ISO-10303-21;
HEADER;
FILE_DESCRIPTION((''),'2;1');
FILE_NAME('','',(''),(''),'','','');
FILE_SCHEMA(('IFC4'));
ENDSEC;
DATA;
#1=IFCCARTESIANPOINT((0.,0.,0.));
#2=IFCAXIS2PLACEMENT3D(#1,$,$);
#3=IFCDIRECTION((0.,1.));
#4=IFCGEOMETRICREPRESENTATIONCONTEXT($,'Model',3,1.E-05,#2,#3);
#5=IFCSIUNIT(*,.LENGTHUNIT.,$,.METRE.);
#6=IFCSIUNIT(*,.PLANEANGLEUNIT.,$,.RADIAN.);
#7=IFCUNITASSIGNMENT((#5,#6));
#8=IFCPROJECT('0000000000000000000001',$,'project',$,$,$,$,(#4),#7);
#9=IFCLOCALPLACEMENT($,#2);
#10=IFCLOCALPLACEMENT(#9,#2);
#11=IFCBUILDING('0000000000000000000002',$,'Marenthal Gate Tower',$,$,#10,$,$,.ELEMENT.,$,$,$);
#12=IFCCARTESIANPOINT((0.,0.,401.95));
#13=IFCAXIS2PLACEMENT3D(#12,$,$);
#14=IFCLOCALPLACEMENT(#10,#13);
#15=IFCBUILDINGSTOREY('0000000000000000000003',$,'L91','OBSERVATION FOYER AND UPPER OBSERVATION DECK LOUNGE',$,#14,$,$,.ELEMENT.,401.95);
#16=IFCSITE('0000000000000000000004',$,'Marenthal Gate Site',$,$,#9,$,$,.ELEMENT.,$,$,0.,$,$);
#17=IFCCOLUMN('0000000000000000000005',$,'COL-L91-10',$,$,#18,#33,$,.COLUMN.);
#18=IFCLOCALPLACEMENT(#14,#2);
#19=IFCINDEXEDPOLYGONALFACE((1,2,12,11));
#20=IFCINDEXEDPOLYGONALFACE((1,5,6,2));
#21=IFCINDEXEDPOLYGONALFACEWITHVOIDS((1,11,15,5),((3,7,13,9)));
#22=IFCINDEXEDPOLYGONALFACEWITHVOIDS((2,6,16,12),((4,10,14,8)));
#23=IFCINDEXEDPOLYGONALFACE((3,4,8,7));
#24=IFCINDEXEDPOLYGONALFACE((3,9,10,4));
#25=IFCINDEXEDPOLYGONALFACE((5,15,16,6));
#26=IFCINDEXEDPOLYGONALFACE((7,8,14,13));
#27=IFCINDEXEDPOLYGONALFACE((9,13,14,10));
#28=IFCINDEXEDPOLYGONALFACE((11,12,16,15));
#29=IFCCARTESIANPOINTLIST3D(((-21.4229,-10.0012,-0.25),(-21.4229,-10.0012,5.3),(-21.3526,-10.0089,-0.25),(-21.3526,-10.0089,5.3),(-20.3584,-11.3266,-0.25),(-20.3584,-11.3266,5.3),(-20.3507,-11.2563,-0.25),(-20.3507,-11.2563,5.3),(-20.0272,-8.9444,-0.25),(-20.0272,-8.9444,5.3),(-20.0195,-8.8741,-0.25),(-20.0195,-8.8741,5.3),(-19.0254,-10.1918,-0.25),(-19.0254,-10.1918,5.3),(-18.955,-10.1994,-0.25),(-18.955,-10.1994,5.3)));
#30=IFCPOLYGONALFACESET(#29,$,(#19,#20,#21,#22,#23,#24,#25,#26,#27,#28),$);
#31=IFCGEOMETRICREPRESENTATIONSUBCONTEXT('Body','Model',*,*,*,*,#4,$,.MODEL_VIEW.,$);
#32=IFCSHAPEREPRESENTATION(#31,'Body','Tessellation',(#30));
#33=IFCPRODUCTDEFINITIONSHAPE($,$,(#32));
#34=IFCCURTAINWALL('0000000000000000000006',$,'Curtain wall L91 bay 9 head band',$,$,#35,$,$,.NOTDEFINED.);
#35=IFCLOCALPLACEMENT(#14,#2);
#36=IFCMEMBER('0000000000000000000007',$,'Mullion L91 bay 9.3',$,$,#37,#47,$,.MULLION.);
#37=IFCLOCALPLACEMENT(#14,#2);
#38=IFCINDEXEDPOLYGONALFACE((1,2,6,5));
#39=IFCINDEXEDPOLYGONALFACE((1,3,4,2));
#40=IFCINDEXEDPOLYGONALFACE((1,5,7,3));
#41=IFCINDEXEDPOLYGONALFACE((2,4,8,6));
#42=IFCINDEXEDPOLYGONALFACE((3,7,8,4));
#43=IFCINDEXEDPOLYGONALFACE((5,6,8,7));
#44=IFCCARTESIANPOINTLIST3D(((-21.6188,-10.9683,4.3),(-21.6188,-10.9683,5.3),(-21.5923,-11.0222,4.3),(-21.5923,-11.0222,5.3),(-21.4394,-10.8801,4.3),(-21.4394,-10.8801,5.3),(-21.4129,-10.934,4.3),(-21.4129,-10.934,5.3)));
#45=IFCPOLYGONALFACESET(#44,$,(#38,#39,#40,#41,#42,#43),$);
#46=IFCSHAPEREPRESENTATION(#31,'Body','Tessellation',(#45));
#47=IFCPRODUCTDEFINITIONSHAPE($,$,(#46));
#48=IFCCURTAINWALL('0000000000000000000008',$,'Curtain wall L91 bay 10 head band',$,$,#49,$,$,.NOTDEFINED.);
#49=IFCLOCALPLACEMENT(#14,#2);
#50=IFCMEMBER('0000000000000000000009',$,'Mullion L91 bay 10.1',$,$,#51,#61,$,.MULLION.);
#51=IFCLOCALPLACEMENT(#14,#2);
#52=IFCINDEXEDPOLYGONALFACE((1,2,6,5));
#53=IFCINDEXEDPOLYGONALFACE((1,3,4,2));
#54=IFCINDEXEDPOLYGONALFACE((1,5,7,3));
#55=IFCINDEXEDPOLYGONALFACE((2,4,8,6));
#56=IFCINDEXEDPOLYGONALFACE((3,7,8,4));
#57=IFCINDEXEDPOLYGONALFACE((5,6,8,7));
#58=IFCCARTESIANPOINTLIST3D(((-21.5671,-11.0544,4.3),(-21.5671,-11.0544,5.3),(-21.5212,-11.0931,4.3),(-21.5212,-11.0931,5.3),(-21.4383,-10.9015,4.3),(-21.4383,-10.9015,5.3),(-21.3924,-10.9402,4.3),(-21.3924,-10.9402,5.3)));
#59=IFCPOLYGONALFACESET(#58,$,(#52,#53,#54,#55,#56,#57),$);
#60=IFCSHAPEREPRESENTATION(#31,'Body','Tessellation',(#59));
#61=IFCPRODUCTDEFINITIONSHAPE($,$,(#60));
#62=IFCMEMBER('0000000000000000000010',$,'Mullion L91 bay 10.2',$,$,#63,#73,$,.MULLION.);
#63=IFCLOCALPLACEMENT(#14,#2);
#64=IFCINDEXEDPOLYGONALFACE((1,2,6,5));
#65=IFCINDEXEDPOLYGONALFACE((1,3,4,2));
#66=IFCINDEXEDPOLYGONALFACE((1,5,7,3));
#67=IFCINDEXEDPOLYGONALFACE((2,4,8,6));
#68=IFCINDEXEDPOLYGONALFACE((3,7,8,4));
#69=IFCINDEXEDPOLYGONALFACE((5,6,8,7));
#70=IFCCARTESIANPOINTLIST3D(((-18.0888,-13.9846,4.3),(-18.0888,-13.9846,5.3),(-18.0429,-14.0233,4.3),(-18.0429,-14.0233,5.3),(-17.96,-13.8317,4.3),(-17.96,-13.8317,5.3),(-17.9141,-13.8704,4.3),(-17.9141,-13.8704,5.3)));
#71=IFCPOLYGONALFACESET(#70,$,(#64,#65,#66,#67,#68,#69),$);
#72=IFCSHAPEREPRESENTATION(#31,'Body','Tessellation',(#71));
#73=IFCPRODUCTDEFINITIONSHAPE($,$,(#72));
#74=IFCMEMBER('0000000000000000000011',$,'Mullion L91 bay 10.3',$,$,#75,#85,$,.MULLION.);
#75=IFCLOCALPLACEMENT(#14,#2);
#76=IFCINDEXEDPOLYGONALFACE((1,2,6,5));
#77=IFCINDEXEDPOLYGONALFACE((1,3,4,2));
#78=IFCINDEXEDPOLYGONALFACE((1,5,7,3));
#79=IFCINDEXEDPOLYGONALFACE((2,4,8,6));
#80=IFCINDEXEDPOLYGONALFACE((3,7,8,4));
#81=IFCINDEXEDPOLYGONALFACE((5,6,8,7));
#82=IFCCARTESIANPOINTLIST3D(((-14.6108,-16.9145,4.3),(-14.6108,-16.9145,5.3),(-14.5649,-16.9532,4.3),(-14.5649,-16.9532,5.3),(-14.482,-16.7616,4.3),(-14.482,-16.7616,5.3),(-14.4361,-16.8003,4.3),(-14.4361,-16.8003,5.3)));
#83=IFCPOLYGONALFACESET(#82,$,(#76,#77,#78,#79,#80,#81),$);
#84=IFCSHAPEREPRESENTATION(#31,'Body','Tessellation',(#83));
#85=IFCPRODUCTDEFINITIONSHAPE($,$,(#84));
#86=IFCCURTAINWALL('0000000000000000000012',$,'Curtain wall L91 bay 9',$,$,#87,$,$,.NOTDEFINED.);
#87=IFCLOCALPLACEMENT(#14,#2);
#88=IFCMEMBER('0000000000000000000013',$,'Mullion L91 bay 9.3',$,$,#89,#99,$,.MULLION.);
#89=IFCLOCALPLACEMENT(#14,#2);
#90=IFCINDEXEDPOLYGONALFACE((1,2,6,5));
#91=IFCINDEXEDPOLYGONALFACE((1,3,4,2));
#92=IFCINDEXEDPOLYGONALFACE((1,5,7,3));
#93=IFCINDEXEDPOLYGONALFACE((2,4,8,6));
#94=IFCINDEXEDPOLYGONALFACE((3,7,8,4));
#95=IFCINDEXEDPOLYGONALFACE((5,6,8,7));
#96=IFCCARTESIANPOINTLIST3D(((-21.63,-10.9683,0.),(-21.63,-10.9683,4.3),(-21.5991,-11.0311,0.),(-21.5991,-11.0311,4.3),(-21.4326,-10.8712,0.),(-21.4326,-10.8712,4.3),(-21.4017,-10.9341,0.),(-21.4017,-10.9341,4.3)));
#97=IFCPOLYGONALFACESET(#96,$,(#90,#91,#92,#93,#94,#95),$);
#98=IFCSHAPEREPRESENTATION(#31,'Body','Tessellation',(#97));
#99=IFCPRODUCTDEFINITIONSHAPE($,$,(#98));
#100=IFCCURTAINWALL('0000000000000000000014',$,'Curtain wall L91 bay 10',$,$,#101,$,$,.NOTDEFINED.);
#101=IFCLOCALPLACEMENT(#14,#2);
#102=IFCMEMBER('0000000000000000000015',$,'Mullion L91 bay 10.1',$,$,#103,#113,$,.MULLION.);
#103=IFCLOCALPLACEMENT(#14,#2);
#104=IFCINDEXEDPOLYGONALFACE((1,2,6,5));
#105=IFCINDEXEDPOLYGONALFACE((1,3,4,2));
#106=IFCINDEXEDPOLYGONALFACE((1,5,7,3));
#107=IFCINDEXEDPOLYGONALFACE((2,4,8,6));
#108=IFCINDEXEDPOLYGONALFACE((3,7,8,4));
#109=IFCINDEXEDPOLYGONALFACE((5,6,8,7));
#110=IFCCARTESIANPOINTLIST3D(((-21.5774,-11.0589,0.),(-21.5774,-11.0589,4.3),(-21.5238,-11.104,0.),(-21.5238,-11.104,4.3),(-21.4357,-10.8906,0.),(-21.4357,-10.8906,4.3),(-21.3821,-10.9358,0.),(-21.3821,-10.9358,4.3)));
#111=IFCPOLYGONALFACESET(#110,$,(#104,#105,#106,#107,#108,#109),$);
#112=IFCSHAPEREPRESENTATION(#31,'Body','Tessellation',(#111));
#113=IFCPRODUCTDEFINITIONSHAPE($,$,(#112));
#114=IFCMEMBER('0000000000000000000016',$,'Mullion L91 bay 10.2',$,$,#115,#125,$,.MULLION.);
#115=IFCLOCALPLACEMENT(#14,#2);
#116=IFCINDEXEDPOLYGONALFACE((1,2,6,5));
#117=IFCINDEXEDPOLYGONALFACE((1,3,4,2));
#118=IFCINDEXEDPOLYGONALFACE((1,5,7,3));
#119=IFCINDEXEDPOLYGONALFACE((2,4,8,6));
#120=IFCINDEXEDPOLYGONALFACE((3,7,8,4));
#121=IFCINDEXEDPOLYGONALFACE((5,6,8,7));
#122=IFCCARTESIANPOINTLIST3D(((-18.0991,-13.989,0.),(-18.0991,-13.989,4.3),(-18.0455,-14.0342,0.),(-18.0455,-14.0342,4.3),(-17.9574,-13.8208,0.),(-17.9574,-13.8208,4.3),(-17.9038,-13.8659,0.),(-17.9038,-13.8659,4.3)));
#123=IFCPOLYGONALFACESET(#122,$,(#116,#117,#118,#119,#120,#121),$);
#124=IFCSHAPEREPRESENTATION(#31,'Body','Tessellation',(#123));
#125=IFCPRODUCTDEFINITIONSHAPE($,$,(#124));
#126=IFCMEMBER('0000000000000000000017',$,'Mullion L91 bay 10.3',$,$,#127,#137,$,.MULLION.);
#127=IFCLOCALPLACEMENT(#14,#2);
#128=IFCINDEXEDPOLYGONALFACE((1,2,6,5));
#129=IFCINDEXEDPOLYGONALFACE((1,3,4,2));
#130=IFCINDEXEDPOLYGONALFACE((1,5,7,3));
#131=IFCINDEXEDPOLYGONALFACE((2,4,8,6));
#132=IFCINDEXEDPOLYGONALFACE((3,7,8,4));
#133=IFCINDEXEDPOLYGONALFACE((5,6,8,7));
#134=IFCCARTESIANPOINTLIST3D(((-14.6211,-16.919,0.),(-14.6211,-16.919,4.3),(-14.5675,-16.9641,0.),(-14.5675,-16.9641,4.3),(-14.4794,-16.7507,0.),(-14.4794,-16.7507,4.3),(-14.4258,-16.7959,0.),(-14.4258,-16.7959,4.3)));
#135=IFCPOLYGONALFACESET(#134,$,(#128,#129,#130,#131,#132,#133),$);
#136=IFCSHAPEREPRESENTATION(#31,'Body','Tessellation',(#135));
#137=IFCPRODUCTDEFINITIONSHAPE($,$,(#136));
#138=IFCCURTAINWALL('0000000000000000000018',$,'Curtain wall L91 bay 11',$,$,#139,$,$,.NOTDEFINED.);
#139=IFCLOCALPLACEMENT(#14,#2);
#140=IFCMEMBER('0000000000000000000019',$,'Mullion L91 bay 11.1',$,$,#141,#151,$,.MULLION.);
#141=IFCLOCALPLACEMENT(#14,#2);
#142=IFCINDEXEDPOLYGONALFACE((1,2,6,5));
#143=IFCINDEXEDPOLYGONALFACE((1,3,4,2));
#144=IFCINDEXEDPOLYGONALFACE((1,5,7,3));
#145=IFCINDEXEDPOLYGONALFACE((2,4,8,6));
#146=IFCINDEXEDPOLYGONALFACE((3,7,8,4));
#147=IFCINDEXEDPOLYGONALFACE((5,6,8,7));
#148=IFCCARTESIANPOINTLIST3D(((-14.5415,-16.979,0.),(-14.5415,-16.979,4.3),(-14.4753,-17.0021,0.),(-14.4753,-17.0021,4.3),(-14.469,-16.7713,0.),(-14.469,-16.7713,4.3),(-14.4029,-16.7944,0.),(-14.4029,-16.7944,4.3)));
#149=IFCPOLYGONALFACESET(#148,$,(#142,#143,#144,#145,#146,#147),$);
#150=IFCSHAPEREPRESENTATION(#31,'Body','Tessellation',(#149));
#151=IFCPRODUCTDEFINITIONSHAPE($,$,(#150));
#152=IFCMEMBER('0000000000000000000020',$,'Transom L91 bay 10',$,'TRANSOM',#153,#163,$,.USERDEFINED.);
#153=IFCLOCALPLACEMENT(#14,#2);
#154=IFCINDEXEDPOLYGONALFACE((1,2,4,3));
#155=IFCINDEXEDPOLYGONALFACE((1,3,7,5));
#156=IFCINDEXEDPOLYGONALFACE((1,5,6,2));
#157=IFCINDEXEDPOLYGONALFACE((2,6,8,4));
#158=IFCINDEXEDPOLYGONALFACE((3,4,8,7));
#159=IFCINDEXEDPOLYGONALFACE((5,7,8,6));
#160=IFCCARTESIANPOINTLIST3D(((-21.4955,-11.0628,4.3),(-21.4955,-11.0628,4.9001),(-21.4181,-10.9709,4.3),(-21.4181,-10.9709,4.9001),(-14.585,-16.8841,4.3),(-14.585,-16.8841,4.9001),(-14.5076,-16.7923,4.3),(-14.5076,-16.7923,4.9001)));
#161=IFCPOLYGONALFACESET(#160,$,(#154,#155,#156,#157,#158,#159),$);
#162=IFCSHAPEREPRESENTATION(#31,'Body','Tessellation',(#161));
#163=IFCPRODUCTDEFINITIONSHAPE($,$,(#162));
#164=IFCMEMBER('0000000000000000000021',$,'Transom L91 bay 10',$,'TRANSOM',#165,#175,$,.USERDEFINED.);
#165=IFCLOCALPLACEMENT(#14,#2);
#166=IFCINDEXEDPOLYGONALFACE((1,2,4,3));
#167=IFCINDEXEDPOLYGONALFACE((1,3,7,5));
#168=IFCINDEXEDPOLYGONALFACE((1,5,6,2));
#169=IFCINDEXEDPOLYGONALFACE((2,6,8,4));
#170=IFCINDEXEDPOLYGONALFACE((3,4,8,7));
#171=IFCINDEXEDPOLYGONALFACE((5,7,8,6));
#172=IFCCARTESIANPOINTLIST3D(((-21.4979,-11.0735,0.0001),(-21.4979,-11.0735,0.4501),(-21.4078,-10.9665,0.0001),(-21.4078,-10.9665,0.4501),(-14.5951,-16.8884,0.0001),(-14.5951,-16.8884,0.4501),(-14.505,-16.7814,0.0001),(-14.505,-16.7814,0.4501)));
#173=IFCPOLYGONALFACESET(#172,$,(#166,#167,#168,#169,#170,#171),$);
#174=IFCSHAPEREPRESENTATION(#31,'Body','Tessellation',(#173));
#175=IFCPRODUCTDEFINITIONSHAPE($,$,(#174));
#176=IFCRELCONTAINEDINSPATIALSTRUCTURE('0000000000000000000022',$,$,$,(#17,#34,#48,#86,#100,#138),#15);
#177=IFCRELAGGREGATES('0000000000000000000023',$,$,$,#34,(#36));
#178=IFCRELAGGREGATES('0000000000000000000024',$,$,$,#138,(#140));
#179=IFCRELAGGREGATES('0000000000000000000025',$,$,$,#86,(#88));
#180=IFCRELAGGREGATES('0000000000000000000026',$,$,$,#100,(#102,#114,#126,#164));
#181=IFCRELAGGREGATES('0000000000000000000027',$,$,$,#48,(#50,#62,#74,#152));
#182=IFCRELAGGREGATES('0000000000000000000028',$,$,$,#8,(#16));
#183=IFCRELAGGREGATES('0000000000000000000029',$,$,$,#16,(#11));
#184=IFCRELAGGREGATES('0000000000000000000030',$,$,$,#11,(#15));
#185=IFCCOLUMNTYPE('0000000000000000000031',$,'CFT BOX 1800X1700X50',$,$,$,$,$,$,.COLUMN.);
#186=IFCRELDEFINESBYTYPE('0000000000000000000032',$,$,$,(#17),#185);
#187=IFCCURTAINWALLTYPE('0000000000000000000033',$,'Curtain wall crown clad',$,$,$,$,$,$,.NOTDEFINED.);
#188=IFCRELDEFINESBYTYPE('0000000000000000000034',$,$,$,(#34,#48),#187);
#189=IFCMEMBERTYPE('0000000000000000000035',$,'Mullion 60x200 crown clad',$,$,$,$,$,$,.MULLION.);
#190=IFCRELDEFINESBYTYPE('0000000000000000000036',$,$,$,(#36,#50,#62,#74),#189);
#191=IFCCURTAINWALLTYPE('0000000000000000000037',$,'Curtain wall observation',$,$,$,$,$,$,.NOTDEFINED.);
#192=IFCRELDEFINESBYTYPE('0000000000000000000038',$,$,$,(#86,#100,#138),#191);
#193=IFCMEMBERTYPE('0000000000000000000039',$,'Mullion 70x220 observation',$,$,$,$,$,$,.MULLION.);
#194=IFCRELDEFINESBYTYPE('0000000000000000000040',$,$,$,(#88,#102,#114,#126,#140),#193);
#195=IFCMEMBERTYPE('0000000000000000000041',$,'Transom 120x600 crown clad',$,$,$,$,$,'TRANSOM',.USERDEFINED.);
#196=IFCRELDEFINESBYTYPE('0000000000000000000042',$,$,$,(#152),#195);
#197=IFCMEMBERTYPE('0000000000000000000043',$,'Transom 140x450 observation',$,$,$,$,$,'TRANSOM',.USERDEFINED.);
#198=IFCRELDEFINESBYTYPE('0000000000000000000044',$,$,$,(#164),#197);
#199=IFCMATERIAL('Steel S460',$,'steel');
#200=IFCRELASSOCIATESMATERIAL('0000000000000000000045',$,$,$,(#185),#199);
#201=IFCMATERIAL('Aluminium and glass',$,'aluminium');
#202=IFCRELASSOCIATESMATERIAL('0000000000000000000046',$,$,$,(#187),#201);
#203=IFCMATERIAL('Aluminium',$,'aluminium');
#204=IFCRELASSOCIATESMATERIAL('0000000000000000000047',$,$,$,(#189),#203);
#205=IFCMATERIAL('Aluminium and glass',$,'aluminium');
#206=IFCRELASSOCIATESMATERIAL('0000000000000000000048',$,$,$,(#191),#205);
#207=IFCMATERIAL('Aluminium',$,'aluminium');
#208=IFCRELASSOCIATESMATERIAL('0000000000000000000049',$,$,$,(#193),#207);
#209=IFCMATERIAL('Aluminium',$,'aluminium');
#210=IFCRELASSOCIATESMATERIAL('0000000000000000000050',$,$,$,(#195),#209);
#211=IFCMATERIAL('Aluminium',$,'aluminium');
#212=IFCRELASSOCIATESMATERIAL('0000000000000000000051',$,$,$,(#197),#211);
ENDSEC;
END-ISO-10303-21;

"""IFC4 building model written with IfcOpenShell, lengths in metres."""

from ifc_helpers import new_model, si_unit, direction, frame, origin, origin_2d, place, context, subcontext, project, spatial, rectangle, hollow_rectangle, extrude, material, material_profile, profile_set, type_object, element, aggregate, save


model = new_model("IFC4")

# Units and contexts
model_context = context("Model", 3, precision=1e-05, world=origin(), true_north=direction((0.0, 1.0)))
body_context = subcontext(model_context, "Body", "Model", "MODEL_VIEW")
ifc_project = project(units=[si_unit("LENGTHUNIT", "METRE"), si_unit("PLANEANGLEUNIT", "RADIAN")], contexts=[model_context])

# Site, building, storey
site_placement = place(None, origin())
site = spatial("IfcSite", under=ifc_project, at=site_placement, Name="Marenthal Gate Site", CompositionType="ELEMENT", RefElevation=0.0)
building_placement = place(site_placement, origin())
building = spatial("IfcBuilding", under=site, at=building_placement, Name="Marenthal Gate Tower", CompositionType="ELEMENT")
storey_placement = place(building_placement, frame((0.0, 0.0, 401.95)))
storey = spatial("IfcBuildingStorey", under=building, at=storey_placement, Name="L91", Description="OBSERVATION FOYER AND UPPER OBSERVATION DECK LOUNGE", CompositionType="ELEMENT", Elevation=401.95)

# Column
ifc_material_1 = material(Name="Steel S460", Category="steel")
ifc_material_profile_1 = material_profile(ifc_material_1, hollow_rectangle(XDim=1.7, YDim=1.8, WallThickness=0.05, at=origin_2d()), Name="CFT BOX 1800X1700X50")
ifc_material_2 = material(Name="Concrete 70 MPa", Category="concrete")
ifc_material_profile_2 = material_profile(ifc_material_2, rectangle(XDim=1.6001, YDim=1.7, at=origin_2d()), Name="CFT BOX 1800X1700X50 INFILL")
ifc_profile_set_1 = profile_set([ifc_material_profile_1, ifc_material_profile_2], Name="Steel S460 shell, Concrete 70 MPa infill")
column_type = type_object("IfcColumnType", Name="CFT BOX 1800X1700X50", PredefinedType="COLUMN", material=ifc_profile_set_1)
column_placement = place(storey_placement, frame((-20.189, -10.1003, -0.25), z_axis=(0.0, 0.0, 1.0), x_axis=(-0.626198, 0.779664, 0.0)))
element("IfcColumn", 1, at=column_placement, inside=storey, type_object=column_type, Name="COL-L91-10", PredefinedType="COLUMN", context=body_context, shape_type="SweptSolid", body=[
    extrude(hollow_rectangle(XDim=1.7, YDim=1.8, WallThickness=0.05, at=origin_2d()), origin(), (0.0, 0.0, 1.0), 5.55),
])

# Curtain wall, member
ifc_material_3 = material(Name="Aluminium and glass", Category="aluminium")
curtain_wall_type_1 = type_object("IfcCurtainWallType", Name="Curtain wall crown clad", PredefinedType="NOTDEFINED", material=ifc_material_3)
curtain_wall_1_placement = place(storey_placement, origin())
curtain_wall_1 = element("IfcCurtainWall", 2, at=curtain_wall_1_placement, inside=storey, type_object=curtain_wall_type_1, Name="Curtain wall L91 bay 9 head band", PredefinedType="NOTDEFINED")
ifc_material_4 = material(Name="Aluminium", Category="aluminium")
ifc_material_profile_3 = material_profile(ifc_material_4, rectangle(XDim=0.2, YDim=0.0601, at=origin_2d()), Name="60x200 aluminium mullion")
ifc_profile_set_2 = profile_set([ifc_material_profile_3], Name="Aluminium")
member_type_1 = type_object("IfcMemberType", Name="Mullion 60x200 crown clad", PredefinedType="MULLION", material=ifc_profile_set_2)
member_1_placement = place(storey_placement, frame((-21.5159, -10.9512, 4.3), z_axis=(0.0, 0.0, 1.0), x_axis=(0.897386, 0.441247, 0.0)))
member_1 = element("IfcMember", 3, at=member_1_placement, type_object=member_type_1, Name="Mullion L91 bay 9.3", PredefinedType="MULLION", context=body_context, shape_type="SweptSolid", body=[
    extrude(rectangle(XDim=0.2, YDim=0.0601, at=origin_2d()), origin(), (0.0, 0.0, 1.0), 1.0),
])
aggregate(curtain_wall_1, [member_1])

# Curtain wall, members
curtain_wall_2_placement = place(storey_placement, origin())
curtain_wall_2 = element("IfcCurtainWall", 4, at=curtain_wall_2_placement, inside=storey, type_object=curtain_wall_type_1, Name="Curtain wall L91 bay 10 head band", PredefinedType="NOTDEFINED")
member_2_placement = place(storey_placement, frame((-21.4797, -10.9973, 4.3), z_axis=(0.0, 0.0, 1.0), x_axis=(0.644265, 0.764802, 0.0)))
member_2 = element("IfcMember", 5, at=member_2_placement, type_object=member_type_1, Name="Mullion L91 bay 10.1", PredefinedType="MULLION", context=body_context, shape_type="SweptSolid", body=[
    extrude(rectangle(XDim=0.2, YDim=0.0601, at=origin_2d()), origin(), (0.0, 0.0, 1.0), 1.0),
])
member_3_placement = place(storey_placement, frame((-18.0015, -13.9275, 4.3), z_axis=(0.0, 0.0, 1.0), x_axis=(0.644265, 0.764802, 0.0)))
member_3 = element("IfcMember", 6, at=member_3_placement, type_object=member_type_1, Name="Mullion L91 bay 10.2", PredefinedType="MULLION", context=body_context, shape_type="SweptSolid", body=[
    extrude(rectangle(XDim=0.2, YDim=0.0601, at=origin_2d()), origin(), (0.0, 0.0, 1.0), 1.0),
])
member_4_placement = place(storey_placement, frame((-14.5234, -16.8574, 4.3), z_axis=(0.0, 0.0, 1.0), x_axis=(0.644265, 0.764802, 0.0)))
member_4 = element("IfcMember", 7, at=member_4_placement, type_object=member_type_1, Name="Mullion L91 bay 10.3", PredefinedType="MULLION", context=body_context, shape_type="SweptSolid", body=[
    extrude(rectangle(XDim=0.2, YDim=0.0601, at=origin_2d()), origin(), (0.0, 0.0, 1.0), 1.0),
])

# Curtain wall, member
ifc_material_5 = material(Name="Aluminium and glass", Category="aluminium")
curtain_wall_type_2 = type_object("IfcCurtainWallType", Name="Curtain wall observation", PredefinedType="NOTDEFINED", material=ifc_material_5)
curtain_wall_3_placement = place(storey_placement, origin())
curtain_wall_3 = element("IfcCurtainWall", 8, at=curtain_wall_3_placement, inside=storey, type_object=curtain_wall_type_2, Name="Curtain wall L91 bay 9", PredefinedType="NOTDEFINED")
ifc_material_6 = material(Name="Aluminium", Category="aluminium")
ifc_material_profile_4 = material_profile(ifc_material_6, rectangle(XDim=0.22, YDim=0.0701, at=origin_2d()), Name="70x220 aluminium mullion")
ifc_profile_set_3 = profile_set([ifc_material_profile_4], Name="Aluminium")
member_type_2 = type_object("IfcMemberType", Name="Mullion 70x220 observation", PredefinedType="MULLION", material=ifc_profile_set_3)
member_5_placement = place(storey_placement, frame((-21.5159, -10.9512, 0.0), z_axis=(0.0, 0.0, 1.0), x_axis=(0.897386, 0.441247, 0.0)))
member_5 = element("IfcMember", 9, at=member_5_placement, type_object=member_type_2, Name="Mullion L91 bay 9.3", PredefinedType="MULLION", context=body_context, shape_type="SweptSolid", body=[
    extrude(rectangle(XDim=0.22, YDim=0.0701, at=origin_2d()), origin(), (0.0, 0.0, 1.0), 4.3),
])

# Curtain wall, members
curtain_wall_4_placement = place(storey_placement, origin())
curtain_wall_4 = element("IfcCurtainWall", 10, at=curtain_wall_4_placement, inside=storey, type_object=curtain_wall_type_2, Name="Curtain wall L91 bay 10", PredefinedType="NOTDEFINED")
member_6_placement = place(storey_placement, frame((-21.4797, -10.9973, 0.0), z_axis=(0.0, 0.0, 1.0), x_axis=(0.644265, 0.764802, 0.0)))
member_6 = element("IfcMember", 11, at=member_6_placement, type_object=member_type_2, Name="Mullion L91 bay 10.1", PredefinedType="MULLION", context=body_context, shape_type="SweptSolid", body=[
    extrude(rectangle(XDim=0.22, YDim=0.0701, at=origin_2d()), origin(), (0.0, 0.0, 1.0), 4.3),
])
member_7_placement = place(storey_placement, frame((-18.0015, -13.9275, 0.0), z_axis=(0.0, 0.0, 1.0), x_axis=(0.644265, 0.764802, 0.0)))
member_7 = element("IfcMember", 12, at=member_7_placement, type_object=member_type_2, Name="Mullion L91 bay 10.2", PredefinedType="MULLION", context=body_context, shape_type="SweptSolid", body=[
    extrude(rectangle(XDim=0.22, YDim=0.0701, at=origin_2d()), origin(), (0.0, 0.0, 1.0), 4.3),
])
member_8_placement = place(storey_placement, frame((-14.5234, -16.8574, 0.0), z_axis=(0.0, 0.0, 1.0), x_axis=(0.644265, 0.764802, 0.0)))
member_8 = element("IfcMember", 13, at=member_8_placement, type_object=member_type_2, Name="Mullion L91 bay 10.3", PredefinedType="MULLION", context=body_context, shape_type="SweptSolid", body=[
    extrude(rectangle(XDim=0.22, YDim=0.0701, at=origin_2d()), origin(), (0.0, 0.0, 1.0), 4.3),
])

# Curtain wall, member
curtain_wall_5_placement = place(storey_placement, origin())
curtain_wall_5 = element("IfcCurtainWall", 14, at=curtain_wall_5_placement, inside=storey, type_object=curtain_wall_type_2, Name="Curtain wall L91 bay 11", PredefinedType="NOTDEFINED")
member_9_placement = place(storey_placement, frame((-14.4722, -16.8867, 0.0), z_axis=(0.0, 0.0, 1.0), x_axis=(0.329454, 0.944172, 0.0)))
member_9 = element("IfcMember", 15, at=member_9_placement, type_object=member_type_2, Name="Mullion L91 bay 11.1", PredefinedType="MULLION", context=body_context, shape_type="SweptSolid", body=[
    extrude(rectangle(XDim=0.22, YDim=0.0701, at=origin_2d()), origin(), (0.0, 0.0, 1.0), 4.3),
])
aggregate(curtain_wall_5, [member_9])

# Members
ifc_material_7 = material(Name="Aluminium", Category="aluminium")
ifc_material_profile_5 = material_profile(ifc_material_7, rectangle(XDim=0.1201, YDim=0.6001, at=origin_2d()), Name="120x600 aluminium transom")
ifc_profile_set_4 = profile_set([ifc_material_profile_5], Name="Aluminium")
member_type_3 = type_object("IfcMemberType", Name="Transom 120x600 crown clad", ElementType="TRANSOM", PredefinedType="USERDEFINED", material=ifc_profile_set_4)
member_10_placement = place(storey_placement, frame((-21.4568, -11.0168, 4.6001), z_axis=(0.764802, -0.644266, 0.0), x_axis=(0.644266, 0.764802, 0.0)))
member_10 = element("IfcMember", 16, at=member_10_placement, type_object=member_type_3, Name="Transom L91 bay 10", ObjectType="TRANSOM", PredefinedType="USERDEFINED", context=body_context, shape_type="SweptSolid", body=[
    extrude(rectangle(XDim=0.1201, YDim=0.6001, at=origin_2d()), origin(), (0.0, 0.0, 1.0), 9.0356),
])
ifc_material_8 = material(Name="Aluminium", Category="aluminium")
ifc_material_profile_6 = material_profile(ifc_material_8, rectangle(XDim=0.1399, YDim=0.45, at=origin_2d()), Name="140x450 aluminium transom")
ifc_profile_set_5 = profile_set([ifc_material_profile_6], Name="Aluminium")
member_type_4 = type_object("IfcMemberType", Name="Transom 140x450 observation", ElementType="TRANSOM", PredefinedType="USERDEFINED", material=ifc_profile_set_5)
member_11_placement = place(storey_placement, frame((-21.4529, -11.02, 0.2251), z_axis=(0.7648, -0.644267, 0.0), x_axis=(0.644267, 0.7648, 0.0)))
member_11 = element("IfcMember", 17, at=member_11_placement, type_object=member_type_4, Name="Transom L91 bay 10", ObjectType="TRANSOM", PredefinedType="USERDEFINED", context=body_context, shape_type="SweptSolid", body=[
    extrude(rectangle(XDim=0.1399, YDim=0.45, at=origin_2d()), origin(), (0.0, 0.0, 1.0), 9.0256),
])

aggregate(curtain_wall_3, [member_5])
aggregate(curtain_wall_4, [member_6, member_7, member_8, member_11])
aggregate(curtain_wall_2, [member_2, member_3, member_4, member_10])

save(model, "model.ifc")
